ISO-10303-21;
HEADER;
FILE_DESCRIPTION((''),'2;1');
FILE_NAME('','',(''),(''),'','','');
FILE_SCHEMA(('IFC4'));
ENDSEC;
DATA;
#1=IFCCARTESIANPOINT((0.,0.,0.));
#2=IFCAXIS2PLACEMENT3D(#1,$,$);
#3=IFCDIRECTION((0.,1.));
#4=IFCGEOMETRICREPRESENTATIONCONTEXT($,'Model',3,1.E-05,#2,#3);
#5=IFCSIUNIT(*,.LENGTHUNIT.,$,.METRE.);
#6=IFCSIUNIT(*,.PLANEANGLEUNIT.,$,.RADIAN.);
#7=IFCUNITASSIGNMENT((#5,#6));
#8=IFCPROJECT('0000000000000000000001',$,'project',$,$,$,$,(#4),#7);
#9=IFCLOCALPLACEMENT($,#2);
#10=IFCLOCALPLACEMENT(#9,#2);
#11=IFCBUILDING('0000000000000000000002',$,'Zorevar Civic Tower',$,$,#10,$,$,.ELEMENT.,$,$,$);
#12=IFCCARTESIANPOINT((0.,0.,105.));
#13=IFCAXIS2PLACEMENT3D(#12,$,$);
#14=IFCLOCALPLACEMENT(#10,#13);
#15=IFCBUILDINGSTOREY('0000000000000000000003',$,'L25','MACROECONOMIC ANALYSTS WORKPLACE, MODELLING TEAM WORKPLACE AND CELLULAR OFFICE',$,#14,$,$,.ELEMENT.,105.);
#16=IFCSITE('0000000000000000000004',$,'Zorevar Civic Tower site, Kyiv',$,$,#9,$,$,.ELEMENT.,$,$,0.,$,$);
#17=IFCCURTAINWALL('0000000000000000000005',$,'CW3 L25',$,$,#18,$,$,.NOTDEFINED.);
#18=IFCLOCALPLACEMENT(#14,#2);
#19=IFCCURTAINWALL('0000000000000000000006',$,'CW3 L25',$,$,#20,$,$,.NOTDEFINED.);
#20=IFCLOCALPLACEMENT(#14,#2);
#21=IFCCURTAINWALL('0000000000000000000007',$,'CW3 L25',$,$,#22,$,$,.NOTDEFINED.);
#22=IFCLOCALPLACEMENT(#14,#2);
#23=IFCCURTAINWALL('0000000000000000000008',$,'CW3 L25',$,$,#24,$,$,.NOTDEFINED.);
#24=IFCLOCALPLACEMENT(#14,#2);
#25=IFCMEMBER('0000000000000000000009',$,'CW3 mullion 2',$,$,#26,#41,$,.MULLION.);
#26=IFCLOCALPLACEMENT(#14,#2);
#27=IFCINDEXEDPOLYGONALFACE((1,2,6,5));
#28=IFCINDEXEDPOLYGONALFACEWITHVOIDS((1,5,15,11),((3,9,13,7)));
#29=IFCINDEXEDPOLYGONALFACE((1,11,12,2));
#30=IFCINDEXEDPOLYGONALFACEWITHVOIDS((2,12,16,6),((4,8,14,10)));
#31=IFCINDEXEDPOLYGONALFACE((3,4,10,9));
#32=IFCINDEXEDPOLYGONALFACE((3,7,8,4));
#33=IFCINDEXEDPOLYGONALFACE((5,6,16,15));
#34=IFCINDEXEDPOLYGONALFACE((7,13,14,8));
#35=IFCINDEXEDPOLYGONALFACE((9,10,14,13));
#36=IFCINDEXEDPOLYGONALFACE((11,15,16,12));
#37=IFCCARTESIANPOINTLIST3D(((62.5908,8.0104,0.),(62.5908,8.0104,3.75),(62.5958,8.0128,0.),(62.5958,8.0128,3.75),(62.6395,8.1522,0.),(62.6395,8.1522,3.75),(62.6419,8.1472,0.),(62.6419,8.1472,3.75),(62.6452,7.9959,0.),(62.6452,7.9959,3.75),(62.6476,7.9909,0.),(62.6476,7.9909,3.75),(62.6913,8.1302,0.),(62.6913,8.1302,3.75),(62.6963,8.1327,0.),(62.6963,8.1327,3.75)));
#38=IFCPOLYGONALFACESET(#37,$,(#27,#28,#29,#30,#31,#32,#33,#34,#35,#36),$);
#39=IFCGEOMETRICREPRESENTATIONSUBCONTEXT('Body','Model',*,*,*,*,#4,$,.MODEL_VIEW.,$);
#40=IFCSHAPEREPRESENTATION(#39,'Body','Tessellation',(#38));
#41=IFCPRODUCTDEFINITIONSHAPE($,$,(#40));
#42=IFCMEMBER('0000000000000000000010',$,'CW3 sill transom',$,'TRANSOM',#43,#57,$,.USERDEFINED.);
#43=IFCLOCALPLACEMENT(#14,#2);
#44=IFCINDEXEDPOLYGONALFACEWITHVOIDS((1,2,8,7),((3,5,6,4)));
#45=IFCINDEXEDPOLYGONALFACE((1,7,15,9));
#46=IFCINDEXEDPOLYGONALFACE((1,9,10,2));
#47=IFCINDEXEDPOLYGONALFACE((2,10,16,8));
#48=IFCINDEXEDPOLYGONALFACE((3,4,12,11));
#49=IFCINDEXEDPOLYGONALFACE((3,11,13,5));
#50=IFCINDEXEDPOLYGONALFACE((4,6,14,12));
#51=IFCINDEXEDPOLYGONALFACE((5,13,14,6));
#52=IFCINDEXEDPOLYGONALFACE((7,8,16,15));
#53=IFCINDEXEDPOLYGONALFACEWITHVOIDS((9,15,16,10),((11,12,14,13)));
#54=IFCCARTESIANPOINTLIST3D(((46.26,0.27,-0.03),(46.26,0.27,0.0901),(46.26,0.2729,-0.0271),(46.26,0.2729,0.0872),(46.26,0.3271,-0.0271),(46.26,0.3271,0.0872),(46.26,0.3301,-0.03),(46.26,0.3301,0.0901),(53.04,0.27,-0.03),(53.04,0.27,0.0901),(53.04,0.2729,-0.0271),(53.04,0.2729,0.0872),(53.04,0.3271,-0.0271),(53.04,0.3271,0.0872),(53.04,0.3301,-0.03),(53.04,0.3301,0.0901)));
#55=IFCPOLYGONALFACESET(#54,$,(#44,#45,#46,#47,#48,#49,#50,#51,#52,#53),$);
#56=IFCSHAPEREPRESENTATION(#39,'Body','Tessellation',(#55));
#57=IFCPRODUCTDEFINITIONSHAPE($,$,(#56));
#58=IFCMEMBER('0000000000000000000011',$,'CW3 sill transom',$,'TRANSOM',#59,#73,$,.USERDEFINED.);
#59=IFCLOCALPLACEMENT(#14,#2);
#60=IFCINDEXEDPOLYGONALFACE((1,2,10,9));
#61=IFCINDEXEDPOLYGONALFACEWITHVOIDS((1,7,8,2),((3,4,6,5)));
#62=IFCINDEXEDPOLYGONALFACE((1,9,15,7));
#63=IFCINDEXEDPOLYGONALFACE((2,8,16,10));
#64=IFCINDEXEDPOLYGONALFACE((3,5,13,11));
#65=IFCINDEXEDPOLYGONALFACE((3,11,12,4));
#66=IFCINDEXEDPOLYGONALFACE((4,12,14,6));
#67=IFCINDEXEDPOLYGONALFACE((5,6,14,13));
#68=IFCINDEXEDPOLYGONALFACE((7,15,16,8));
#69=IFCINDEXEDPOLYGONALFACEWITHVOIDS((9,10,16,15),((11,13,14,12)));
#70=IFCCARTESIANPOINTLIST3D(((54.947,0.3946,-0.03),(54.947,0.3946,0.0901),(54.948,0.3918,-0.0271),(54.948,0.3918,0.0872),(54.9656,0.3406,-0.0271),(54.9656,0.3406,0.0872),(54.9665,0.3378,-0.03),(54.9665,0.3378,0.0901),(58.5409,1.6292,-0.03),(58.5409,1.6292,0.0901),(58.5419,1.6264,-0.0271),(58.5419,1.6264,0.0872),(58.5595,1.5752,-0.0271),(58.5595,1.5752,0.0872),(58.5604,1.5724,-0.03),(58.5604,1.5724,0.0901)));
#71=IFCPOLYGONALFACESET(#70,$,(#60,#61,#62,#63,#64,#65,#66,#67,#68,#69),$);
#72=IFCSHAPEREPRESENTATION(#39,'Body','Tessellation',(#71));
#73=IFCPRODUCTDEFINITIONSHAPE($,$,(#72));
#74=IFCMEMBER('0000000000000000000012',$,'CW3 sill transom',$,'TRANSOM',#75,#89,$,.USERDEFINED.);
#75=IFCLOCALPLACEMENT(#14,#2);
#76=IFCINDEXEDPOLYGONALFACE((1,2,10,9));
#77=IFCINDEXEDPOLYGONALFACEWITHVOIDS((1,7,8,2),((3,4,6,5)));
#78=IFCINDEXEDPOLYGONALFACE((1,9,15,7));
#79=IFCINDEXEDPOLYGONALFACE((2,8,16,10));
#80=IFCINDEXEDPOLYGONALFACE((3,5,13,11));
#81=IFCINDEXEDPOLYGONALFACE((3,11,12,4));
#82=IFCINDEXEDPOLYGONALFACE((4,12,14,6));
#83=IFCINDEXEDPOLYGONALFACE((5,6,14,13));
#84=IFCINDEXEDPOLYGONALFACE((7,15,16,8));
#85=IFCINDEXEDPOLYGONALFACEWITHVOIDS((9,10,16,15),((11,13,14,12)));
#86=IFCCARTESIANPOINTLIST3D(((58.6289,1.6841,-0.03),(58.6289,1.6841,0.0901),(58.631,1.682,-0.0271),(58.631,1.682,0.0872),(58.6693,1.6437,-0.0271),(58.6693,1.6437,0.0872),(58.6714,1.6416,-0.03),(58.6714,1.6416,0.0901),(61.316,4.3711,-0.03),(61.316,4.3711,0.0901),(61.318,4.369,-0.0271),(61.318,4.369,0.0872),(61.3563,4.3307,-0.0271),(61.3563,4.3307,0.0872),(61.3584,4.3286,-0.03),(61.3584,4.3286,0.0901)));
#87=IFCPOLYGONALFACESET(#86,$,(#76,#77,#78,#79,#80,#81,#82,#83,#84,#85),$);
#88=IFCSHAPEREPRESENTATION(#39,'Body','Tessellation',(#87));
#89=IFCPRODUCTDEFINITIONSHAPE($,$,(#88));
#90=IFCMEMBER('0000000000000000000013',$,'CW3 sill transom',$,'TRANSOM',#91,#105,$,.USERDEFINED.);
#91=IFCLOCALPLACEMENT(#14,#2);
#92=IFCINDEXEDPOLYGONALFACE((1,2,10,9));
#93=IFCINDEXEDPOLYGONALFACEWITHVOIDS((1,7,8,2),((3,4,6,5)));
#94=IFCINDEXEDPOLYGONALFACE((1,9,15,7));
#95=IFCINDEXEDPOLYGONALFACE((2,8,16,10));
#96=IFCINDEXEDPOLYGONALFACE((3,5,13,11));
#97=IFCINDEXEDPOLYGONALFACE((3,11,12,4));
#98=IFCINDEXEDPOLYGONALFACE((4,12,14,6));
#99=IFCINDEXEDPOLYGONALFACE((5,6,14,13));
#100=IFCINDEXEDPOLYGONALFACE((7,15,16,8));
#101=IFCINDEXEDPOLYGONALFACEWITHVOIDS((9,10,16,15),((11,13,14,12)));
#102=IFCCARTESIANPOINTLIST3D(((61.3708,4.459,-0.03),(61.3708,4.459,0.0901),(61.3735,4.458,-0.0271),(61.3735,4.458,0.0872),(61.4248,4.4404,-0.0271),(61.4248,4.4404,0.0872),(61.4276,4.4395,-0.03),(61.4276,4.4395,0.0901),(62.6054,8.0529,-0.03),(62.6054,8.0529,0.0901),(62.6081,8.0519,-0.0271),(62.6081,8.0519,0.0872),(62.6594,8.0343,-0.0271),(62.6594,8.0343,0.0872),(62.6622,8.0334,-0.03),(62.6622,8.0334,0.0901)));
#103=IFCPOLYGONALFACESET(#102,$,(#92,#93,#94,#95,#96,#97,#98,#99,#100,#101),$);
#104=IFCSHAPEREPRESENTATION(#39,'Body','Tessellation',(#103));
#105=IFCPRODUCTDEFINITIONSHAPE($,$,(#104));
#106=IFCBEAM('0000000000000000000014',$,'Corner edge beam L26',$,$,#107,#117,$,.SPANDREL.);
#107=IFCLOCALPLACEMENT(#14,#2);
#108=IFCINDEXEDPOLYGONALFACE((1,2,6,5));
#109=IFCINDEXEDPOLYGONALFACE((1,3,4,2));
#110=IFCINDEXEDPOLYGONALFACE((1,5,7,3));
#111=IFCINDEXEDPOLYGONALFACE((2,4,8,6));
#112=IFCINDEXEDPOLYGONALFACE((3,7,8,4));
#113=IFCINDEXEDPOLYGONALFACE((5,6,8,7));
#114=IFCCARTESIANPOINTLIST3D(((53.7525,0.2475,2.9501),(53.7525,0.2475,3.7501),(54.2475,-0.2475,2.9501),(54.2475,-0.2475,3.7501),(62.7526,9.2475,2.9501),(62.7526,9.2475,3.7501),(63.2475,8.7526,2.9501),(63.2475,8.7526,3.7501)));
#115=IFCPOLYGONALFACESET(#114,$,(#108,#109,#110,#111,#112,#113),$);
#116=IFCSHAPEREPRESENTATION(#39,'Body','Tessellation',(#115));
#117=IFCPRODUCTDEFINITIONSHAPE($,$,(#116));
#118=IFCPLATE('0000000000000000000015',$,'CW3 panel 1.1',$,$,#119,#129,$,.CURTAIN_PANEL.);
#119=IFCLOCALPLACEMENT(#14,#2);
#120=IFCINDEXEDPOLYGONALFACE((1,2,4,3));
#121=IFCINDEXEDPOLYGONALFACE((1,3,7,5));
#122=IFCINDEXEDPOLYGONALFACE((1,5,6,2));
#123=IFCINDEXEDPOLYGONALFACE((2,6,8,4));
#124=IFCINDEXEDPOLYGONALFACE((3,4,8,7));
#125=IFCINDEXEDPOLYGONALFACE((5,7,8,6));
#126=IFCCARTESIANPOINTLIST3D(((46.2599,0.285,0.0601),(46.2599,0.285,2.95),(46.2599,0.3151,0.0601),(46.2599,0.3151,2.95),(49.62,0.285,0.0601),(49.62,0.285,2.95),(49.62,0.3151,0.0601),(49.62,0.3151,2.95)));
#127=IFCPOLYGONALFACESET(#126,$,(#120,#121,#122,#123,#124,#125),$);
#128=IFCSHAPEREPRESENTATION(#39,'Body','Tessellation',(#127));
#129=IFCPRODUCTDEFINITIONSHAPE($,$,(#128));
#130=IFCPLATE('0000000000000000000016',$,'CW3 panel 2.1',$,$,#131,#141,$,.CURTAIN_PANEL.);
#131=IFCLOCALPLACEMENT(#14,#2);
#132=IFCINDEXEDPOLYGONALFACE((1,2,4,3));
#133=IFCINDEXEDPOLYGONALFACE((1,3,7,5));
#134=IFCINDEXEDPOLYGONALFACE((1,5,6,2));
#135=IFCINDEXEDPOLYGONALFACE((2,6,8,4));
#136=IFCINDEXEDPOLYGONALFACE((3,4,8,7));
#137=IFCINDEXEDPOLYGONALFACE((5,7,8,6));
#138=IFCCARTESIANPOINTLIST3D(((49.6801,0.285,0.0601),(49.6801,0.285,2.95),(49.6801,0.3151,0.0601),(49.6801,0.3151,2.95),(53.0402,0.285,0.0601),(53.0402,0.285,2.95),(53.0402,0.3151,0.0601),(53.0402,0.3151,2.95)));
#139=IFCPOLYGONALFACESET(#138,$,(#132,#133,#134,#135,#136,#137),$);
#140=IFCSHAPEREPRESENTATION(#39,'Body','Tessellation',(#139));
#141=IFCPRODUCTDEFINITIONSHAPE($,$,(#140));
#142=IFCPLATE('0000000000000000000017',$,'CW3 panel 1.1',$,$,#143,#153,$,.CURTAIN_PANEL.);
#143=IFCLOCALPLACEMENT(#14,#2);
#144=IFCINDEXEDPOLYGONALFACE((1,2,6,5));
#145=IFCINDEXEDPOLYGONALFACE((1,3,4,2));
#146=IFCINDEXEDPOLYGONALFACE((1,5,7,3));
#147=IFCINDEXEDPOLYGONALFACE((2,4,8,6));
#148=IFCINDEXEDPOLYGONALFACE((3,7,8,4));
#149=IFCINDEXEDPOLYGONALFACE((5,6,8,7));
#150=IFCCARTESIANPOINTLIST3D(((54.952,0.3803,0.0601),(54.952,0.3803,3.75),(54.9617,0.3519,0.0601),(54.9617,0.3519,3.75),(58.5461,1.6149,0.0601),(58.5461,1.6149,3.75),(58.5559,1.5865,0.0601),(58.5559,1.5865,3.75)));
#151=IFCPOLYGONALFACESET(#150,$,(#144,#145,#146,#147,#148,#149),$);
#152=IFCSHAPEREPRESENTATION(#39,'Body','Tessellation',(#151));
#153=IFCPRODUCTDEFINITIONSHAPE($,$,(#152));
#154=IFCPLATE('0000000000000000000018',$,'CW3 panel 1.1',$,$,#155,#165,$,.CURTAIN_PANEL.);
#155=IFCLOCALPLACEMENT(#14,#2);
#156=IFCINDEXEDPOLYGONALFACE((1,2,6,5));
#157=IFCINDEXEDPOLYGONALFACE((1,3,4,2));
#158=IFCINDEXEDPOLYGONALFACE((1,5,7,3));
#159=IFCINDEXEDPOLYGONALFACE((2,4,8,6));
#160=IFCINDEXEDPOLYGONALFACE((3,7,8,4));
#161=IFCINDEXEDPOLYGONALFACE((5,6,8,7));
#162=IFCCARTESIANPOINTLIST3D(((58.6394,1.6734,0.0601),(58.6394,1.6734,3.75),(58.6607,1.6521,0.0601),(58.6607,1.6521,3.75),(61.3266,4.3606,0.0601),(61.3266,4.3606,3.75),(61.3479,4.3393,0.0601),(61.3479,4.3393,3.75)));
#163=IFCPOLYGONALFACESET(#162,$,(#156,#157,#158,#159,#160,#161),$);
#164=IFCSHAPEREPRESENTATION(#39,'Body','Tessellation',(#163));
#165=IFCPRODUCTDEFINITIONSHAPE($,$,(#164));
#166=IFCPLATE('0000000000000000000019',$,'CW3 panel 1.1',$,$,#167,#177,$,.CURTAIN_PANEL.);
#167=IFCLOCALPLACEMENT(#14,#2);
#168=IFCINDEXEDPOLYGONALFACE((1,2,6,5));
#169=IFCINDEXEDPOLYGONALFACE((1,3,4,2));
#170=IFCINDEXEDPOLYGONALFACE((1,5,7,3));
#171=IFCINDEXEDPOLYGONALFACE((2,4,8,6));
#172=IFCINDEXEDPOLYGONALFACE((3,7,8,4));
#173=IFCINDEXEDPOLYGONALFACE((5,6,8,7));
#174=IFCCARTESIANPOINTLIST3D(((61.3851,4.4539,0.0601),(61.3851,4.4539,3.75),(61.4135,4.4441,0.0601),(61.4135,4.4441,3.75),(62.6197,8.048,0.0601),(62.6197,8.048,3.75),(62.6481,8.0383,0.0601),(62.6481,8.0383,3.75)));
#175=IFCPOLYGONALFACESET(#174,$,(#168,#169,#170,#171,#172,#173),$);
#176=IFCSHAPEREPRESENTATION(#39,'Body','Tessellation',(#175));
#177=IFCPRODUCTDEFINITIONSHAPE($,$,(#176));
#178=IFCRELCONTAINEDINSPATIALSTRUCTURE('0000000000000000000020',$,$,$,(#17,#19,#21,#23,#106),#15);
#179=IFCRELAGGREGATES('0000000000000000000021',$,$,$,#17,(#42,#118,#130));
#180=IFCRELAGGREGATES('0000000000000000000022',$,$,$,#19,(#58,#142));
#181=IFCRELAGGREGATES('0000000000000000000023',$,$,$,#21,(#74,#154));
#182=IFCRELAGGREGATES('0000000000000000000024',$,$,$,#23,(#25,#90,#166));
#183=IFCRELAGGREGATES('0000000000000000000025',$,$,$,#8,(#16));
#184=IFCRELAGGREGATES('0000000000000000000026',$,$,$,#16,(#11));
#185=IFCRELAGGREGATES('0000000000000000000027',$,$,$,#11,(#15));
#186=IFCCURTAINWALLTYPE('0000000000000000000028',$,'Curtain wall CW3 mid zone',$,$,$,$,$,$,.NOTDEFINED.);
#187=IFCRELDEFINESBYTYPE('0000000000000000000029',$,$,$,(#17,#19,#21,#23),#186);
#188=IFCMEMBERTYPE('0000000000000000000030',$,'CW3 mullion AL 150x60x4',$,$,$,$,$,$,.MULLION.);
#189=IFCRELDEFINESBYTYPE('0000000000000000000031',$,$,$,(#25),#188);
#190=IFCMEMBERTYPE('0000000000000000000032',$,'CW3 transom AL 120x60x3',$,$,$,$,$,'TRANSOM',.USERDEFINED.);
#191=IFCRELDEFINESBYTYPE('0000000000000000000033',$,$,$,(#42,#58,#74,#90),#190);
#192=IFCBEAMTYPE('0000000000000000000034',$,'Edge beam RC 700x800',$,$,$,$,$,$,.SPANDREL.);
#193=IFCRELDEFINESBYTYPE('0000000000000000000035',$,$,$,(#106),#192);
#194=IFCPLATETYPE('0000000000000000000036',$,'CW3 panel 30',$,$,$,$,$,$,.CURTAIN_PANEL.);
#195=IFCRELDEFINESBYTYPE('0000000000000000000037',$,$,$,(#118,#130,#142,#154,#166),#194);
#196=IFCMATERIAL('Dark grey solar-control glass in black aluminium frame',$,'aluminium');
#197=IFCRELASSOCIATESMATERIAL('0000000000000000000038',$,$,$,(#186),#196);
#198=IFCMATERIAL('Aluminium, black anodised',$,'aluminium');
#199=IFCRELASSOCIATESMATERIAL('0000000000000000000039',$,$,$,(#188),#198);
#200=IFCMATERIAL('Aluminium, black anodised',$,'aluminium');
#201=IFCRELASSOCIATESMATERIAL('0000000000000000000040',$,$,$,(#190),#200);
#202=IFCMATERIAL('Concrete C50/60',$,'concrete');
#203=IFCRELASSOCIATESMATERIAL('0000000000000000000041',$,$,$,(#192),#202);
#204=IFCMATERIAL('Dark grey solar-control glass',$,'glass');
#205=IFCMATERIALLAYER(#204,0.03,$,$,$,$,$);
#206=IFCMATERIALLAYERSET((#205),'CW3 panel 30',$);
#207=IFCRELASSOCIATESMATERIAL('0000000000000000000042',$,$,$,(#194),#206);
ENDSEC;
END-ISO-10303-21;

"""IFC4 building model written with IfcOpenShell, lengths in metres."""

from ifc_helpers import new_model, si_unit, direction, frame, origin, origin_2d, place, context, subcontext, project, spatial, rectangle, hollow_rectangle, extrude, material, layer, layer_set, material_profile, profile_set, type_object, element, aggregate, save


model = new_model("IFC4")

# Units and contexts
model_context = context("Model", 3, precision=1e-05, world=origin(), true_north=direction((0.0, 1.0)))
body_context = subcontext(model_context, "Body", "Model", "MODEL_VIEW")
ifc_project = project(units=[si_unit("LENGTHUNIT", "METRE"), si_unit("PLANEANGLEUNIT", "RADIAN")], contexts=[model_context])

# Site, building, storey
site_placement = place(None, origin())
site = spatial("IfcSite", under=ifc_project, at=site_placement, Name="Zorevar Civic Tower site, Kyiv", CompositionType="ELEMENT", RefElevation=0.0)
building_placement = place(site_placement, origin())
building = spatial("IfcBuilding", under=site, at=building_placement, Name="Zorevar Civic Tower", CompositionType="ELEMENT")
storey_placement = place(building_placement, frame((0.0, 0.0, 105.0)))
storey = spatial("IfcBuildingStorey", under=building, at=storey_placement, Name="L25", Description="MACROECONOMIC ANALYSTS WORKPLACE, MODELLING TEAM WORKPLACE AND CELLULAR OFFICE", CompositionType="ELEMENT", Elevation=105.0)

# Curtain walls, member
ifc_material_1 = material(Name="Dark grey solar-control glass in black aluminium frame", Category="aluminium")
curtain_wall_type = type_object("IfcCurtainWallType", Name="Curtain wall CW3 mid zone", PredefinedType="NOTDEFINED", material=ifc_material_1)
curtain_wall_1_placement = place(storey_placement, origin())
curtain_wall_1 = element("IfcCurtainWall", 1, at=curtain_wall_1_placement, inside=storey, type_object=curtain_wall_type, Name="CW3 L25", PredefinedType="NOTDEFINED")
ifc_material_2 = material(Name="Aluminium, black anodised", Category="aluminium")
ifc_material_profile_1 = material_profile(ifc_material_2, hollow_rectangle(XDim=0.0601, YDim=0.1499, WallThickness=0.0039, at=origin_2d()), Name="AL 150x60x4")
ifc_profile_set_1 = profile_set([ifc_material_profile_1], Name="Aluminium, black anodised")
member_type_1 = type_object("IfcMemberType", Name="CW3 mullion AL 150x60x4", PredefinedType="MULLION", material=ifc_profile_set_1)
curtain_wall_2_placement = place(storey_placement, origin())
curtain_wall_2 = element("IfcCurtainWall", 2, at=curtain_wall_2_placement, inside=storey, type_object=curtain_wall_type, Name="CW3 L25", PredefinedType="NOTDEFINED")
curtain_wall_3_placement = place(storey_placement, origin())
curtain_wall_3 = element("IfcCurtainWall", 3, at=curtain_wall_3_placement, inside=storey, type_object=curtain_wall_type, Name="CW3 L25", PredefinedType="NOTDEFINED")
curtain_wall_4_placement = place(storey_placement, origin())
curtain_wall_4 = element("IfcCurtainWall", 4, at=curtain_wall_4_placement, inside=storey, type_object=curtain_wall_type, Name="CW3 L25", PredefinedType="NOTDEFINED")
member_1_placement = place(storey_placement, frame((62.6436, 8.0715, 0.0), z_axis=(0.0, 0.0, 1.0), x_axis=(-0.945756, 0.324878, 0.0)))
member_1 = element("IfcMember", 5, at=member_1_placement, type_object=member_type_1, Name="CW3 mullion 2", PredefinedType="MULLION", context=body_context, shape_type="SweptSolid", body=[
    extrude(hollow_rectangle(XDim=0.0601, YDim=0.1499, WallThickness=0.0039, at=origin_2d()), origin(), (0.0, 0.0, 1.0), 3.75),
])

# Members
ifc_material_3 = material(Name="Aluminium, black anodised", Category="aluminium")
ifc_material_profile_2 = material_profile(ifc_material_3, hollow_rectangle(XDim=0.0601, YDim=0.1201, WallThickness=0.0029, at=origin_2d()), Name="AL 120x60x3")
ifc_profile_set_2 = profile_set([ifc_material_profile_2], Name="Aluminium, black anodised")
member_type_2 = type_object("IfcMemberType", Name="CW3 transom AL 120x60x3", ElementType="TRANSOM", PredefinedType="USERDEFINED", material=ifc_profile_set_2)
member_2_placement = place(storey_placement, frame((46.26, 0.3, 0.03), z_axis=(1.0, 0.0, 0.0), x_axis=(0.0, 1.0, 0.0)))
member_2 = element("IfcMember", 6, at=member_2_placement, type_object=member_type_2, Name="CW3 sill transom", ObjectType="TRANSOM", PredefinedType="USERDEFINED", context=body_context, shape_type="SweptSolid", body=[
    extrude(hollow_rectangle(XDim=0.0601, YDim=0.1201, WallThickness=0.0029, at=origin_2d()), origin(), (0.0, 0.0, 1.0), 6.78),
])
member_3_placement = place(storey_placement, frame((54.9568, 0.3662, 0.03), z_axis=(0.945753, 0.324888, 0.0), x_axis=(-0.324888, 0.945753, 0.0)))
member_3 = element("IfcMember", 7, at=member_3_placement, type_object=member_type_2, Name="CW3 sill transom", ObjectType="TRANSOM", PredefinedType="USERDEFINED", context=body_context, shape_type="SweptSolid", body=[
    extrude(hollow_rectangle(XDim=0.0601, YDim=0.1201, WallThickness=0.0029, at=origin_2d()), origin(), (0.0, 0.0, 1.0), 3.8),
])
member_4_placement = place(storey_placement, frame((58.6501, 1.6628, 0.03), z_axis=(0.707107, 0.707107, 0.0), x_axis=(-0.707107, 0.707107, 0.0)))
member_4 = element("IfcMember", 8, at=member_4_placement, type_object=member_type_2, Name="CW3 sill transom", ObjectType="TRANSOM", PredefinedType="USERDEFINED", context=body_context, shape_type="SweptSolid", body=[
    extrude(hollow_rectangle(XDim=0.0601, YDim=0.1201, WallThickness=0.0029, at=origin_2d()), origin(), (0.0, 0.0, 1.0), 3.8),
])
member_5_placement = place(storey_placement, frame((61.3992, 4.4492, 0.03), z_axis=(0.324888, 0.945753, 0.0), x_axis=(-0.945753, 0.324888, 0.0)))
member_5 = element("IfcMember", 9, at=member_5_placement, type_object=member_type_2, Name="CW3 sill transom", ObjectType="TRANSOM", PredefinedType="USERDEFINED", context=body_context, shape_type="SweptSolid", body=[
    extrude(hollow_rectangle(XDim=0.0601, YDim=0.1201, WallThickness=0.0029, at=origin_2d()), origin(), (0.0, 0.0, 1.0), 3.8),
])

# Beam
ifc_material_4 = material(Name="Concrete C50/60", Category="concrete")
ifc_material_profile_3 = material_profile(ifc_material_4, rectangle(XDim=0.7, YDim=0.8, at=origin_2d()), Name="RC 700x800")
ifc_profile_set_3 = profile_set([ifc_material_profile_3], Name="Concrete C50/60")
beam_type_1 = type_object("IfcBeamType", Name="Edge beam RC 700x800", PredefinedType="SPANDREL", material=ifc_profile_set_3)
beam_1_placement = place(storey_placement, frame((54.0, 0.0, 3.3501), z_axis=(0.707107, 0.707107, 0.0), x_axis=(-0.707107, 0.707107, 0.0)))
element("IfcBeam", 10, at=beam_1_placement, inside=storey, type_object=beam_type_1, Name="Corner edge beam L26", PredefinedType="SPANDREL", context=body_context, shape_type="SweptSolid", body=[
    extrude(rectangle(XDim=0.7, YDim=0.8, at=origin_2d()), origin(), (0.0, 0.0, 1.0), 12.728),
])

# Plates
ifc_material_5 = material(Name="Dark grey solar-control glass", Category="glass")
ifc_layer_1 = layer(ifc_material_5, 0.03)
ifc_layer_set_1 = layer_set([ifc_layer_1], Name="CW3 panel 30")
plate_type = type_object("IfcPlateType", Name="CW3 panel 30", PredefinedType="CURTAIN_PANEL", material=ifc_layer_set_1)
plate_1_placement = place(storey_placement, frame((47.9399, 0.3, 0.0601), z_axis=(0.0, 0.0, 1.0), x_axis=(1.0, 0.0, 0.0)))
plate_1 = element("IfcPlate", 11, at=plate_1_placement, type_object=plate_type, Name="CW3 panel 1.1", PredefinedType="CURTAIN_PANEL", context=body_context, shape_type="SweptSolid", body=[
    extrude(rectangle(XDim=3.3601, YDim=0.03, at=origin_2d()), origin(), (0.0, 0.0, 1.0), 2.8899),
])
plate_2_placement = place(storey_placement, frame((51.3601, 0.3, 0.0601), z_axis=(0.0, 0.0, 1.0), x_axis=(1.0, 0.0, 0.0)))
plate_2 = element("IfcPlate", 12, at=plate_2_placement, type_object=plate_type, Name="CW3 panel 2.1", PredefinedType="CURTAIN_PANEL", context=body_context, shape_type="SweptSolid", body=[
    extrude(rectangle(XDim=3.3601, YDim=0.03, at=origin_2d()), origin(), (0.0, 0.0, 1.0), 2.8899),
])
aggregate(curtain_wall_1, [member_2, plate_1, plate_2])
plate_3_placement = place(storey_placement, frame((56.7539, 0.9834, 0.0601), z_axis=(0.0, 0.0, 1.0), x_axis=(0.945756, 0.324878, 0.0)))
plate_3 = element("IfcPlate", 13, at=plate_3_placement, type_object=plate_type, Name="CW3 panel 1.1", PredefinedType="CURTAIN_PANEL", context=body_context, shape_type="SweptSolid", body=[
    extrude(rectangle(XDim=3.8003, YDim=0.03, at=origin_2d()), origin(), (0.0, 0.0, 1.0), 3.6899),
])
aggregate(curtain_wall_2, [member_3, plate_3])
plate_4_placement = place(storey_placement, frame((59.9937, 3.0063, 0.0601), z_axis=(0.0, 0.0, 1.0), x_axis=(0.707107, 0.707107, 0.0)))
plate_4 = element("IfcPlate", 14, at=plate_4_placement, type_object=plate_type, Name="CW3 panel 1.1", PredefinedType="CURTAIN_PANEL", context=body_context, shape_type="SweptSolid", body=[
    extrude(rectangle(XDim=3.8003, YDim=0.03, at=origin_2d()), origin(), (0.0, 0.0, 1.0), 3.6899),
])
aggregate(curtain_wall_3, [member_4, plate_4])
plate_5_placement = place(storey_placement, frame((62.0166, 6.2461, 0.0601), z_axis=(0.0, 0.0, 1.0), x_axis=(0.324878, 0.945756, 0.0)))
plate_5 = element("IfcPlate", 15, at=plate_5_placement, type_object=plate_type, Name="CW3 panel 1.1", PredefinedType="CURTAIN_PANEL", context=body_context, shape_type="SweptSolid", body=[
    extrude(rectangle(XDim=3.8003, YDim=0.03, at=origin_2d()), origin(), (0.0, 0.0, 1.0), 3.6899),
])
aggregate(curtain_wall_4, [member_1, member_5, plate_5])

save(model, "model.ifc")
